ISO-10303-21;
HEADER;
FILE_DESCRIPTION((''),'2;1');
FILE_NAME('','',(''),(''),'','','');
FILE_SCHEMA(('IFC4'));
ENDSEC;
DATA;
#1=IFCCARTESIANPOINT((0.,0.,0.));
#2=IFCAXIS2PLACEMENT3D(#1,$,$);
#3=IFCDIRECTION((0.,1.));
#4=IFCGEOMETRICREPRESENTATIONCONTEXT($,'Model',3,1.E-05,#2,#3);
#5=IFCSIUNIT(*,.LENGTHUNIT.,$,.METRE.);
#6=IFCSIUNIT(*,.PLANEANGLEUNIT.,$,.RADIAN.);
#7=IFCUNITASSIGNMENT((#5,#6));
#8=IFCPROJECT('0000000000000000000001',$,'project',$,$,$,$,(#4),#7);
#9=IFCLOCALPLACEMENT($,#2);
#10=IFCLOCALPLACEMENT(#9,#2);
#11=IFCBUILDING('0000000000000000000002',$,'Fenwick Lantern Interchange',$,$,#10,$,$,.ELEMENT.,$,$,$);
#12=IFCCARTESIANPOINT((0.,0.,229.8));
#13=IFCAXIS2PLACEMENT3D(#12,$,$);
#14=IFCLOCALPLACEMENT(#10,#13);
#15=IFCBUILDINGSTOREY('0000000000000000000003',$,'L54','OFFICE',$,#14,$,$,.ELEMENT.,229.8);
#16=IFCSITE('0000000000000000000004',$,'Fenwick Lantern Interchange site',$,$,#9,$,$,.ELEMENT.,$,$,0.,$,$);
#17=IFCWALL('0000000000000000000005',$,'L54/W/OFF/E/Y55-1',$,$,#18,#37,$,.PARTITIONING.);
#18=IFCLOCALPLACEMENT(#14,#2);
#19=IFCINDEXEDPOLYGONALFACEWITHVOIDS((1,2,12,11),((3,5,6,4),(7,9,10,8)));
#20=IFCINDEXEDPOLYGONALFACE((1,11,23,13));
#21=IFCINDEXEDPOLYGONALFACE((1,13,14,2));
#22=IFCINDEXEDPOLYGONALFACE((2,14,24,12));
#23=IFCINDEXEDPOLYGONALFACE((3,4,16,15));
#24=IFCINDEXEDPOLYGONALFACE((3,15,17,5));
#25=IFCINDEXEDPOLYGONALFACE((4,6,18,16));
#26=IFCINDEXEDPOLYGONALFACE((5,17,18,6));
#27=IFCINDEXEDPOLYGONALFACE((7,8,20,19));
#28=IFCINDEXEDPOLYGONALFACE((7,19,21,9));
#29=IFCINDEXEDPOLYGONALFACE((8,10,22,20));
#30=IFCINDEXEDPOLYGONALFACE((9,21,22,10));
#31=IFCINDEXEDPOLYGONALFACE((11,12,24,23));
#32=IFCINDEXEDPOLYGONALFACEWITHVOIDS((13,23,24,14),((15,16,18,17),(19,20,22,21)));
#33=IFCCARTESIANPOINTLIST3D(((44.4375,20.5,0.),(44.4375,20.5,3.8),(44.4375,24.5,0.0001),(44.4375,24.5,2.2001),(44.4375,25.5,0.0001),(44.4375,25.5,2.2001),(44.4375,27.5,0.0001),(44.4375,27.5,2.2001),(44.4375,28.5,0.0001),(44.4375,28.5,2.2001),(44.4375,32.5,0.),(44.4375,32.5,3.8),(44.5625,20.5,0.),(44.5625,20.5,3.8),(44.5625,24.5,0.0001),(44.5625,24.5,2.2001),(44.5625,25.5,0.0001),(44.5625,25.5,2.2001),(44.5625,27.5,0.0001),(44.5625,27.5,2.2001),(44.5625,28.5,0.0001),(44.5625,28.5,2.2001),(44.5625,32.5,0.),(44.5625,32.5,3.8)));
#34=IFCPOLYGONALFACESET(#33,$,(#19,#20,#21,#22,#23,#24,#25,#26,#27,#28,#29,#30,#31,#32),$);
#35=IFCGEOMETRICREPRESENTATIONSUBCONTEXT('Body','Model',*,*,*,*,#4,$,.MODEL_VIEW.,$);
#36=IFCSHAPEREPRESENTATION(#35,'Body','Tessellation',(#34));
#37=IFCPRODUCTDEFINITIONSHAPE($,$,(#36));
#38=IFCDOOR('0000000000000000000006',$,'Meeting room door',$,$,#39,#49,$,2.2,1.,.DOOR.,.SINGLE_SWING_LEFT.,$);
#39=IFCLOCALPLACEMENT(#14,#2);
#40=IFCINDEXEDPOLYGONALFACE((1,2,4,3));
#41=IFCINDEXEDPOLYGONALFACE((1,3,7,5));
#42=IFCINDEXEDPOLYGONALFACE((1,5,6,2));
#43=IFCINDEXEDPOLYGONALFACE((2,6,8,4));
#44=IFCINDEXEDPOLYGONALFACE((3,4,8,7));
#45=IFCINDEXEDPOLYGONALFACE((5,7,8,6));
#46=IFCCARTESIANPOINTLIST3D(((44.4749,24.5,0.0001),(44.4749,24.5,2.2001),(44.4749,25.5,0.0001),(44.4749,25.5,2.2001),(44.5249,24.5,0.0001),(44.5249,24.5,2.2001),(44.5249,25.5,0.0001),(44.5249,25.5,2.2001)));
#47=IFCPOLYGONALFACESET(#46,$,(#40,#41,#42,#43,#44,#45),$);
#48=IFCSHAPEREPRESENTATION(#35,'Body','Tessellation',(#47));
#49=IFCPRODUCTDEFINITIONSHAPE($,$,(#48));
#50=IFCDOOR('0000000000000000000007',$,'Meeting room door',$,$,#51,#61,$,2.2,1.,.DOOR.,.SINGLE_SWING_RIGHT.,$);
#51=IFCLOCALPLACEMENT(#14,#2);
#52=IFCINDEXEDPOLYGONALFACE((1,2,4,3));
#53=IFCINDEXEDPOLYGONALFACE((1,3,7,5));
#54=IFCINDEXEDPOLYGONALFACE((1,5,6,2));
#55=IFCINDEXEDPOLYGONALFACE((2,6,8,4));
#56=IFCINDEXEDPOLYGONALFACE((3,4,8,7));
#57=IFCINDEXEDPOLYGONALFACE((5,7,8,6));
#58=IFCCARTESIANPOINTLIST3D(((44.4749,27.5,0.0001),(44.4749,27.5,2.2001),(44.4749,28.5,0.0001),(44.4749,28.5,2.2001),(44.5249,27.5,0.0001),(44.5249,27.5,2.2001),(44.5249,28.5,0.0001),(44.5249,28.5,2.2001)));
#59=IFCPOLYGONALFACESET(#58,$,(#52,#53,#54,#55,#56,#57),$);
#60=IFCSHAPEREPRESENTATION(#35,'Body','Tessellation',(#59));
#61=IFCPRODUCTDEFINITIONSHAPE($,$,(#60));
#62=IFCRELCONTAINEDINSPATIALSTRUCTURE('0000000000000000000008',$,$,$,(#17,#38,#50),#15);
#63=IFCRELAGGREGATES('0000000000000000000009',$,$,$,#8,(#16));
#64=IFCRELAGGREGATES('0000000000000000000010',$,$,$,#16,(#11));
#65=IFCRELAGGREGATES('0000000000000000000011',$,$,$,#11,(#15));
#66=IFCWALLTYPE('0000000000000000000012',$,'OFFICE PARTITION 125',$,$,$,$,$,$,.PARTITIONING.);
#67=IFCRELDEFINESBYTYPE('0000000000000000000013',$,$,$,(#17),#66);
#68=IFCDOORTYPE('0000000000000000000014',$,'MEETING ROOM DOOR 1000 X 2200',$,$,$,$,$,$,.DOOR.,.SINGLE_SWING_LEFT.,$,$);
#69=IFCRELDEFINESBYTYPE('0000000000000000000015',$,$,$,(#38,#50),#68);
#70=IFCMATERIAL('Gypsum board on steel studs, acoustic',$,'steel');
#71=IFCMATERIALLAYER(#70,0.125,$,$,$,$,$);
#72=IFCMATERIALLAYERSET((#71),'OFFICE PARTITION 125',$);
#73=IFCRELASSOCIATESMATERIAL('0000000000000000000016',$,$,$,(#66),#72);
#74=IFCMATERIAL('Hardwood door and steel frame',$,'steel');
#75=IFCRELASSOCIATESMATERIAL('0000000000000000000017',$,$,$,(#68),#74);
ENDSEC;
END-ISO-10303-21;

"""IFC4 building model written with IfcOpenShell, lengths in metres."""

from ifc_helpers import new_model, si_unit, direction, frame, frame_2d, origin, place, context, subcontext, project, spatial, rectangle, extrude, material, layer, layer_set, type_object, element, fill, save


model = new_model("IFC4")

# Units and contexts
model_context = context("Model", 3, precision=1e-05, world=origin(), true_north=direction((0.0, 1.0)))
body_context = subcontext(model_context, "Body", "Model", "MODEL_VIEW")
ifc_project = project(units=[si_unit("LENGTHUNIT", "METRE"), si_unit("PLANEANGLEUNIT", "RADIAN")], contexts=[model_context])

# Site, building, storey
site_placement = place(None, origin())
site = spatial("IfcSite", under=ifc_project, at=site_placement, Name="Fenwick Lantern Interchange site", CompositionType="ELEMENT", RefElevation=0.0)
building_placement = place(site_placement, origin())
building = spatial("IfcBuilding", under=site, at=building_placement, Name="Fenwick Lantern Interchange", CompositionType="ELEMENT")
storey_placement = place(building_placement, frame((0.0, 0.0, 229.8)))
storey = spatial("IfcBuildingStorey", under=building, at=storey_placement, Name="L54", Description="OFFICE", CompositionType="ELEMENT", Elevation=229.8)

# Shared definitions
ifc_material_1 = material(Name="Gypsum board on steel studs, acoustic", Category="steel")
ifc_layer_1 = layer(ifc_material_1, 0.125)
ifc_layer_set_1 = layer_set([ifc_layer_1], Name="OFFICE PARTITION 125")
wall_type_1 = type_object("IfcWallType", Name="OFFICE PARTITION 125", PredefinedType="PARTITIONING", material=ifc_layer_set_1)

# Wall, openings, doors
wall_1_placement = place(storey_placement, frame((44.5, 20.5, 0.0), z_axis=(0.0, 0.0, 1.0), x_axis=(0.0, 1.0, 0.0)))
wall_1 = element("IfcWall", 1, at=wall_1_placement, inside=storey, type_object=wall_type_1, Name="L54/W/OFF/E/Y55-1", PredefinedType="PARTITIONING", context=body_context, shape_type="SweptSolid", body=[
    extrude(rectangle(XDim=12.0, YDim=0.125, at=frame_2d((6.0, 0.0))), origin(), (0.0, 0.0, 1.0), 3.8),
])
opening_1_placement = place(wall_1_placement, frame((4.0, 0.0, 0.0)))
opening_1 = element("IfcOpeningElement", 2, at=opening_1_placement, cuts=wall_1, PredefinedType="OPENING", context=body_context, shape_type="SweptSolid", body=[
    extrude(rectangle(XDim=1.0, YDim=2.2, at=frame_2d((0.5, 1.1001))), frame((0.0, 0.0725, 0.0), z_axis=(0.0, -1.0, 0.0), x_axis=(1.0, 0.0, 0.0)), (0.0, 0.0, 1.0), 0.145),
])
opening_2_placement = place(wall_1_placement, frame((7.0, 0.0, 0.0)))
opening_2 = element("IfcOpeningElement", 3, at=opening_2_placement, cuts=wall_1, PredefinedType="OPENING", context=body_context, shape_type="SweptSolid", body=[
    extrude(rectangle(XDim=1.0, YDim=2.2, at=frame_2d((0.5, 1.1001))), frame((0.0, 0.0725, 0.0), z_axis=(0.0, -1.0, 0.0), x_axis=(1.0, 0.0, 0.0)), (0.0, 0.0, 1.0), 0.145),
])
ifc_material_2 = material(Name="Hardwood door and steel frame", Category="steel")
door_type = type_object("IfcDoorType", Name="MEETING ROOM DOOR 1000 X 2200", OperationType="SINGLE_SWING_LEFT", PredefinedType="DOOR", material=ifc_material_2)
door_1_placement = place(opening_1_placement, frame((1.0, 0.0, 0.0), z_axis=(0.0, 0.0, 1.0), x_axis=(-1.0, 0.0, 0.0)))
door_1 = element("IfcDoor", 4, at=door_1_placement, inside=storey, type_object=door_type, Name="Meeting room door", OperationType="SINGLE_SWING_LEFT", OverallHeight=2.2, OverallWidth=1.0, PredefinedType="DOOR", context=body_context, shape_type="SweptSolid", body=[
    extrude(rectangle(XDim=1.0, YDim=2.2, at=frame_2d((0.5, 1.1001))), frame((0.0, 0.0249, 0.0), z_axis=(0.0, -1.0, 0.0), x_axis=(1.0, 0.0, 0.0)), (0.0, 0.0, 1.0), 0.05),
])
fill(opening_1, door_1)
door_2_placement = place(opening_2_placement, frame((1.0, 0.0, 0.0), z_axis=(0.0, 0.0, 1.0), x_axis=(-1.0, 0.0, 0.0)))
door_2 = element("IfcDoor", 5, at=door_2_placement, inside=storey, type_object=door_type, Name="Meeting room door", OperationType="SINGLE_SWING_RIGHT", OverallHeight=2.2, OverallWidth=1.0, PredefinedType="DOOR", context=body_context, shape_type="SweptSolid", body=[
    extrude(rectangle(XDim=1.0, YDim=2.2, at=frame_2d((0.5, 1.1001))), frame((0.0, 0.0249, 0.0), z_axis=(0.0, -1.0, 0.0), x_axis=(1.0, 0.0, 0.0)), (0.0, 0.0, 1.0), 0.05),
])
fill(opening_2, door_2)

save(model, "model.ifc")
